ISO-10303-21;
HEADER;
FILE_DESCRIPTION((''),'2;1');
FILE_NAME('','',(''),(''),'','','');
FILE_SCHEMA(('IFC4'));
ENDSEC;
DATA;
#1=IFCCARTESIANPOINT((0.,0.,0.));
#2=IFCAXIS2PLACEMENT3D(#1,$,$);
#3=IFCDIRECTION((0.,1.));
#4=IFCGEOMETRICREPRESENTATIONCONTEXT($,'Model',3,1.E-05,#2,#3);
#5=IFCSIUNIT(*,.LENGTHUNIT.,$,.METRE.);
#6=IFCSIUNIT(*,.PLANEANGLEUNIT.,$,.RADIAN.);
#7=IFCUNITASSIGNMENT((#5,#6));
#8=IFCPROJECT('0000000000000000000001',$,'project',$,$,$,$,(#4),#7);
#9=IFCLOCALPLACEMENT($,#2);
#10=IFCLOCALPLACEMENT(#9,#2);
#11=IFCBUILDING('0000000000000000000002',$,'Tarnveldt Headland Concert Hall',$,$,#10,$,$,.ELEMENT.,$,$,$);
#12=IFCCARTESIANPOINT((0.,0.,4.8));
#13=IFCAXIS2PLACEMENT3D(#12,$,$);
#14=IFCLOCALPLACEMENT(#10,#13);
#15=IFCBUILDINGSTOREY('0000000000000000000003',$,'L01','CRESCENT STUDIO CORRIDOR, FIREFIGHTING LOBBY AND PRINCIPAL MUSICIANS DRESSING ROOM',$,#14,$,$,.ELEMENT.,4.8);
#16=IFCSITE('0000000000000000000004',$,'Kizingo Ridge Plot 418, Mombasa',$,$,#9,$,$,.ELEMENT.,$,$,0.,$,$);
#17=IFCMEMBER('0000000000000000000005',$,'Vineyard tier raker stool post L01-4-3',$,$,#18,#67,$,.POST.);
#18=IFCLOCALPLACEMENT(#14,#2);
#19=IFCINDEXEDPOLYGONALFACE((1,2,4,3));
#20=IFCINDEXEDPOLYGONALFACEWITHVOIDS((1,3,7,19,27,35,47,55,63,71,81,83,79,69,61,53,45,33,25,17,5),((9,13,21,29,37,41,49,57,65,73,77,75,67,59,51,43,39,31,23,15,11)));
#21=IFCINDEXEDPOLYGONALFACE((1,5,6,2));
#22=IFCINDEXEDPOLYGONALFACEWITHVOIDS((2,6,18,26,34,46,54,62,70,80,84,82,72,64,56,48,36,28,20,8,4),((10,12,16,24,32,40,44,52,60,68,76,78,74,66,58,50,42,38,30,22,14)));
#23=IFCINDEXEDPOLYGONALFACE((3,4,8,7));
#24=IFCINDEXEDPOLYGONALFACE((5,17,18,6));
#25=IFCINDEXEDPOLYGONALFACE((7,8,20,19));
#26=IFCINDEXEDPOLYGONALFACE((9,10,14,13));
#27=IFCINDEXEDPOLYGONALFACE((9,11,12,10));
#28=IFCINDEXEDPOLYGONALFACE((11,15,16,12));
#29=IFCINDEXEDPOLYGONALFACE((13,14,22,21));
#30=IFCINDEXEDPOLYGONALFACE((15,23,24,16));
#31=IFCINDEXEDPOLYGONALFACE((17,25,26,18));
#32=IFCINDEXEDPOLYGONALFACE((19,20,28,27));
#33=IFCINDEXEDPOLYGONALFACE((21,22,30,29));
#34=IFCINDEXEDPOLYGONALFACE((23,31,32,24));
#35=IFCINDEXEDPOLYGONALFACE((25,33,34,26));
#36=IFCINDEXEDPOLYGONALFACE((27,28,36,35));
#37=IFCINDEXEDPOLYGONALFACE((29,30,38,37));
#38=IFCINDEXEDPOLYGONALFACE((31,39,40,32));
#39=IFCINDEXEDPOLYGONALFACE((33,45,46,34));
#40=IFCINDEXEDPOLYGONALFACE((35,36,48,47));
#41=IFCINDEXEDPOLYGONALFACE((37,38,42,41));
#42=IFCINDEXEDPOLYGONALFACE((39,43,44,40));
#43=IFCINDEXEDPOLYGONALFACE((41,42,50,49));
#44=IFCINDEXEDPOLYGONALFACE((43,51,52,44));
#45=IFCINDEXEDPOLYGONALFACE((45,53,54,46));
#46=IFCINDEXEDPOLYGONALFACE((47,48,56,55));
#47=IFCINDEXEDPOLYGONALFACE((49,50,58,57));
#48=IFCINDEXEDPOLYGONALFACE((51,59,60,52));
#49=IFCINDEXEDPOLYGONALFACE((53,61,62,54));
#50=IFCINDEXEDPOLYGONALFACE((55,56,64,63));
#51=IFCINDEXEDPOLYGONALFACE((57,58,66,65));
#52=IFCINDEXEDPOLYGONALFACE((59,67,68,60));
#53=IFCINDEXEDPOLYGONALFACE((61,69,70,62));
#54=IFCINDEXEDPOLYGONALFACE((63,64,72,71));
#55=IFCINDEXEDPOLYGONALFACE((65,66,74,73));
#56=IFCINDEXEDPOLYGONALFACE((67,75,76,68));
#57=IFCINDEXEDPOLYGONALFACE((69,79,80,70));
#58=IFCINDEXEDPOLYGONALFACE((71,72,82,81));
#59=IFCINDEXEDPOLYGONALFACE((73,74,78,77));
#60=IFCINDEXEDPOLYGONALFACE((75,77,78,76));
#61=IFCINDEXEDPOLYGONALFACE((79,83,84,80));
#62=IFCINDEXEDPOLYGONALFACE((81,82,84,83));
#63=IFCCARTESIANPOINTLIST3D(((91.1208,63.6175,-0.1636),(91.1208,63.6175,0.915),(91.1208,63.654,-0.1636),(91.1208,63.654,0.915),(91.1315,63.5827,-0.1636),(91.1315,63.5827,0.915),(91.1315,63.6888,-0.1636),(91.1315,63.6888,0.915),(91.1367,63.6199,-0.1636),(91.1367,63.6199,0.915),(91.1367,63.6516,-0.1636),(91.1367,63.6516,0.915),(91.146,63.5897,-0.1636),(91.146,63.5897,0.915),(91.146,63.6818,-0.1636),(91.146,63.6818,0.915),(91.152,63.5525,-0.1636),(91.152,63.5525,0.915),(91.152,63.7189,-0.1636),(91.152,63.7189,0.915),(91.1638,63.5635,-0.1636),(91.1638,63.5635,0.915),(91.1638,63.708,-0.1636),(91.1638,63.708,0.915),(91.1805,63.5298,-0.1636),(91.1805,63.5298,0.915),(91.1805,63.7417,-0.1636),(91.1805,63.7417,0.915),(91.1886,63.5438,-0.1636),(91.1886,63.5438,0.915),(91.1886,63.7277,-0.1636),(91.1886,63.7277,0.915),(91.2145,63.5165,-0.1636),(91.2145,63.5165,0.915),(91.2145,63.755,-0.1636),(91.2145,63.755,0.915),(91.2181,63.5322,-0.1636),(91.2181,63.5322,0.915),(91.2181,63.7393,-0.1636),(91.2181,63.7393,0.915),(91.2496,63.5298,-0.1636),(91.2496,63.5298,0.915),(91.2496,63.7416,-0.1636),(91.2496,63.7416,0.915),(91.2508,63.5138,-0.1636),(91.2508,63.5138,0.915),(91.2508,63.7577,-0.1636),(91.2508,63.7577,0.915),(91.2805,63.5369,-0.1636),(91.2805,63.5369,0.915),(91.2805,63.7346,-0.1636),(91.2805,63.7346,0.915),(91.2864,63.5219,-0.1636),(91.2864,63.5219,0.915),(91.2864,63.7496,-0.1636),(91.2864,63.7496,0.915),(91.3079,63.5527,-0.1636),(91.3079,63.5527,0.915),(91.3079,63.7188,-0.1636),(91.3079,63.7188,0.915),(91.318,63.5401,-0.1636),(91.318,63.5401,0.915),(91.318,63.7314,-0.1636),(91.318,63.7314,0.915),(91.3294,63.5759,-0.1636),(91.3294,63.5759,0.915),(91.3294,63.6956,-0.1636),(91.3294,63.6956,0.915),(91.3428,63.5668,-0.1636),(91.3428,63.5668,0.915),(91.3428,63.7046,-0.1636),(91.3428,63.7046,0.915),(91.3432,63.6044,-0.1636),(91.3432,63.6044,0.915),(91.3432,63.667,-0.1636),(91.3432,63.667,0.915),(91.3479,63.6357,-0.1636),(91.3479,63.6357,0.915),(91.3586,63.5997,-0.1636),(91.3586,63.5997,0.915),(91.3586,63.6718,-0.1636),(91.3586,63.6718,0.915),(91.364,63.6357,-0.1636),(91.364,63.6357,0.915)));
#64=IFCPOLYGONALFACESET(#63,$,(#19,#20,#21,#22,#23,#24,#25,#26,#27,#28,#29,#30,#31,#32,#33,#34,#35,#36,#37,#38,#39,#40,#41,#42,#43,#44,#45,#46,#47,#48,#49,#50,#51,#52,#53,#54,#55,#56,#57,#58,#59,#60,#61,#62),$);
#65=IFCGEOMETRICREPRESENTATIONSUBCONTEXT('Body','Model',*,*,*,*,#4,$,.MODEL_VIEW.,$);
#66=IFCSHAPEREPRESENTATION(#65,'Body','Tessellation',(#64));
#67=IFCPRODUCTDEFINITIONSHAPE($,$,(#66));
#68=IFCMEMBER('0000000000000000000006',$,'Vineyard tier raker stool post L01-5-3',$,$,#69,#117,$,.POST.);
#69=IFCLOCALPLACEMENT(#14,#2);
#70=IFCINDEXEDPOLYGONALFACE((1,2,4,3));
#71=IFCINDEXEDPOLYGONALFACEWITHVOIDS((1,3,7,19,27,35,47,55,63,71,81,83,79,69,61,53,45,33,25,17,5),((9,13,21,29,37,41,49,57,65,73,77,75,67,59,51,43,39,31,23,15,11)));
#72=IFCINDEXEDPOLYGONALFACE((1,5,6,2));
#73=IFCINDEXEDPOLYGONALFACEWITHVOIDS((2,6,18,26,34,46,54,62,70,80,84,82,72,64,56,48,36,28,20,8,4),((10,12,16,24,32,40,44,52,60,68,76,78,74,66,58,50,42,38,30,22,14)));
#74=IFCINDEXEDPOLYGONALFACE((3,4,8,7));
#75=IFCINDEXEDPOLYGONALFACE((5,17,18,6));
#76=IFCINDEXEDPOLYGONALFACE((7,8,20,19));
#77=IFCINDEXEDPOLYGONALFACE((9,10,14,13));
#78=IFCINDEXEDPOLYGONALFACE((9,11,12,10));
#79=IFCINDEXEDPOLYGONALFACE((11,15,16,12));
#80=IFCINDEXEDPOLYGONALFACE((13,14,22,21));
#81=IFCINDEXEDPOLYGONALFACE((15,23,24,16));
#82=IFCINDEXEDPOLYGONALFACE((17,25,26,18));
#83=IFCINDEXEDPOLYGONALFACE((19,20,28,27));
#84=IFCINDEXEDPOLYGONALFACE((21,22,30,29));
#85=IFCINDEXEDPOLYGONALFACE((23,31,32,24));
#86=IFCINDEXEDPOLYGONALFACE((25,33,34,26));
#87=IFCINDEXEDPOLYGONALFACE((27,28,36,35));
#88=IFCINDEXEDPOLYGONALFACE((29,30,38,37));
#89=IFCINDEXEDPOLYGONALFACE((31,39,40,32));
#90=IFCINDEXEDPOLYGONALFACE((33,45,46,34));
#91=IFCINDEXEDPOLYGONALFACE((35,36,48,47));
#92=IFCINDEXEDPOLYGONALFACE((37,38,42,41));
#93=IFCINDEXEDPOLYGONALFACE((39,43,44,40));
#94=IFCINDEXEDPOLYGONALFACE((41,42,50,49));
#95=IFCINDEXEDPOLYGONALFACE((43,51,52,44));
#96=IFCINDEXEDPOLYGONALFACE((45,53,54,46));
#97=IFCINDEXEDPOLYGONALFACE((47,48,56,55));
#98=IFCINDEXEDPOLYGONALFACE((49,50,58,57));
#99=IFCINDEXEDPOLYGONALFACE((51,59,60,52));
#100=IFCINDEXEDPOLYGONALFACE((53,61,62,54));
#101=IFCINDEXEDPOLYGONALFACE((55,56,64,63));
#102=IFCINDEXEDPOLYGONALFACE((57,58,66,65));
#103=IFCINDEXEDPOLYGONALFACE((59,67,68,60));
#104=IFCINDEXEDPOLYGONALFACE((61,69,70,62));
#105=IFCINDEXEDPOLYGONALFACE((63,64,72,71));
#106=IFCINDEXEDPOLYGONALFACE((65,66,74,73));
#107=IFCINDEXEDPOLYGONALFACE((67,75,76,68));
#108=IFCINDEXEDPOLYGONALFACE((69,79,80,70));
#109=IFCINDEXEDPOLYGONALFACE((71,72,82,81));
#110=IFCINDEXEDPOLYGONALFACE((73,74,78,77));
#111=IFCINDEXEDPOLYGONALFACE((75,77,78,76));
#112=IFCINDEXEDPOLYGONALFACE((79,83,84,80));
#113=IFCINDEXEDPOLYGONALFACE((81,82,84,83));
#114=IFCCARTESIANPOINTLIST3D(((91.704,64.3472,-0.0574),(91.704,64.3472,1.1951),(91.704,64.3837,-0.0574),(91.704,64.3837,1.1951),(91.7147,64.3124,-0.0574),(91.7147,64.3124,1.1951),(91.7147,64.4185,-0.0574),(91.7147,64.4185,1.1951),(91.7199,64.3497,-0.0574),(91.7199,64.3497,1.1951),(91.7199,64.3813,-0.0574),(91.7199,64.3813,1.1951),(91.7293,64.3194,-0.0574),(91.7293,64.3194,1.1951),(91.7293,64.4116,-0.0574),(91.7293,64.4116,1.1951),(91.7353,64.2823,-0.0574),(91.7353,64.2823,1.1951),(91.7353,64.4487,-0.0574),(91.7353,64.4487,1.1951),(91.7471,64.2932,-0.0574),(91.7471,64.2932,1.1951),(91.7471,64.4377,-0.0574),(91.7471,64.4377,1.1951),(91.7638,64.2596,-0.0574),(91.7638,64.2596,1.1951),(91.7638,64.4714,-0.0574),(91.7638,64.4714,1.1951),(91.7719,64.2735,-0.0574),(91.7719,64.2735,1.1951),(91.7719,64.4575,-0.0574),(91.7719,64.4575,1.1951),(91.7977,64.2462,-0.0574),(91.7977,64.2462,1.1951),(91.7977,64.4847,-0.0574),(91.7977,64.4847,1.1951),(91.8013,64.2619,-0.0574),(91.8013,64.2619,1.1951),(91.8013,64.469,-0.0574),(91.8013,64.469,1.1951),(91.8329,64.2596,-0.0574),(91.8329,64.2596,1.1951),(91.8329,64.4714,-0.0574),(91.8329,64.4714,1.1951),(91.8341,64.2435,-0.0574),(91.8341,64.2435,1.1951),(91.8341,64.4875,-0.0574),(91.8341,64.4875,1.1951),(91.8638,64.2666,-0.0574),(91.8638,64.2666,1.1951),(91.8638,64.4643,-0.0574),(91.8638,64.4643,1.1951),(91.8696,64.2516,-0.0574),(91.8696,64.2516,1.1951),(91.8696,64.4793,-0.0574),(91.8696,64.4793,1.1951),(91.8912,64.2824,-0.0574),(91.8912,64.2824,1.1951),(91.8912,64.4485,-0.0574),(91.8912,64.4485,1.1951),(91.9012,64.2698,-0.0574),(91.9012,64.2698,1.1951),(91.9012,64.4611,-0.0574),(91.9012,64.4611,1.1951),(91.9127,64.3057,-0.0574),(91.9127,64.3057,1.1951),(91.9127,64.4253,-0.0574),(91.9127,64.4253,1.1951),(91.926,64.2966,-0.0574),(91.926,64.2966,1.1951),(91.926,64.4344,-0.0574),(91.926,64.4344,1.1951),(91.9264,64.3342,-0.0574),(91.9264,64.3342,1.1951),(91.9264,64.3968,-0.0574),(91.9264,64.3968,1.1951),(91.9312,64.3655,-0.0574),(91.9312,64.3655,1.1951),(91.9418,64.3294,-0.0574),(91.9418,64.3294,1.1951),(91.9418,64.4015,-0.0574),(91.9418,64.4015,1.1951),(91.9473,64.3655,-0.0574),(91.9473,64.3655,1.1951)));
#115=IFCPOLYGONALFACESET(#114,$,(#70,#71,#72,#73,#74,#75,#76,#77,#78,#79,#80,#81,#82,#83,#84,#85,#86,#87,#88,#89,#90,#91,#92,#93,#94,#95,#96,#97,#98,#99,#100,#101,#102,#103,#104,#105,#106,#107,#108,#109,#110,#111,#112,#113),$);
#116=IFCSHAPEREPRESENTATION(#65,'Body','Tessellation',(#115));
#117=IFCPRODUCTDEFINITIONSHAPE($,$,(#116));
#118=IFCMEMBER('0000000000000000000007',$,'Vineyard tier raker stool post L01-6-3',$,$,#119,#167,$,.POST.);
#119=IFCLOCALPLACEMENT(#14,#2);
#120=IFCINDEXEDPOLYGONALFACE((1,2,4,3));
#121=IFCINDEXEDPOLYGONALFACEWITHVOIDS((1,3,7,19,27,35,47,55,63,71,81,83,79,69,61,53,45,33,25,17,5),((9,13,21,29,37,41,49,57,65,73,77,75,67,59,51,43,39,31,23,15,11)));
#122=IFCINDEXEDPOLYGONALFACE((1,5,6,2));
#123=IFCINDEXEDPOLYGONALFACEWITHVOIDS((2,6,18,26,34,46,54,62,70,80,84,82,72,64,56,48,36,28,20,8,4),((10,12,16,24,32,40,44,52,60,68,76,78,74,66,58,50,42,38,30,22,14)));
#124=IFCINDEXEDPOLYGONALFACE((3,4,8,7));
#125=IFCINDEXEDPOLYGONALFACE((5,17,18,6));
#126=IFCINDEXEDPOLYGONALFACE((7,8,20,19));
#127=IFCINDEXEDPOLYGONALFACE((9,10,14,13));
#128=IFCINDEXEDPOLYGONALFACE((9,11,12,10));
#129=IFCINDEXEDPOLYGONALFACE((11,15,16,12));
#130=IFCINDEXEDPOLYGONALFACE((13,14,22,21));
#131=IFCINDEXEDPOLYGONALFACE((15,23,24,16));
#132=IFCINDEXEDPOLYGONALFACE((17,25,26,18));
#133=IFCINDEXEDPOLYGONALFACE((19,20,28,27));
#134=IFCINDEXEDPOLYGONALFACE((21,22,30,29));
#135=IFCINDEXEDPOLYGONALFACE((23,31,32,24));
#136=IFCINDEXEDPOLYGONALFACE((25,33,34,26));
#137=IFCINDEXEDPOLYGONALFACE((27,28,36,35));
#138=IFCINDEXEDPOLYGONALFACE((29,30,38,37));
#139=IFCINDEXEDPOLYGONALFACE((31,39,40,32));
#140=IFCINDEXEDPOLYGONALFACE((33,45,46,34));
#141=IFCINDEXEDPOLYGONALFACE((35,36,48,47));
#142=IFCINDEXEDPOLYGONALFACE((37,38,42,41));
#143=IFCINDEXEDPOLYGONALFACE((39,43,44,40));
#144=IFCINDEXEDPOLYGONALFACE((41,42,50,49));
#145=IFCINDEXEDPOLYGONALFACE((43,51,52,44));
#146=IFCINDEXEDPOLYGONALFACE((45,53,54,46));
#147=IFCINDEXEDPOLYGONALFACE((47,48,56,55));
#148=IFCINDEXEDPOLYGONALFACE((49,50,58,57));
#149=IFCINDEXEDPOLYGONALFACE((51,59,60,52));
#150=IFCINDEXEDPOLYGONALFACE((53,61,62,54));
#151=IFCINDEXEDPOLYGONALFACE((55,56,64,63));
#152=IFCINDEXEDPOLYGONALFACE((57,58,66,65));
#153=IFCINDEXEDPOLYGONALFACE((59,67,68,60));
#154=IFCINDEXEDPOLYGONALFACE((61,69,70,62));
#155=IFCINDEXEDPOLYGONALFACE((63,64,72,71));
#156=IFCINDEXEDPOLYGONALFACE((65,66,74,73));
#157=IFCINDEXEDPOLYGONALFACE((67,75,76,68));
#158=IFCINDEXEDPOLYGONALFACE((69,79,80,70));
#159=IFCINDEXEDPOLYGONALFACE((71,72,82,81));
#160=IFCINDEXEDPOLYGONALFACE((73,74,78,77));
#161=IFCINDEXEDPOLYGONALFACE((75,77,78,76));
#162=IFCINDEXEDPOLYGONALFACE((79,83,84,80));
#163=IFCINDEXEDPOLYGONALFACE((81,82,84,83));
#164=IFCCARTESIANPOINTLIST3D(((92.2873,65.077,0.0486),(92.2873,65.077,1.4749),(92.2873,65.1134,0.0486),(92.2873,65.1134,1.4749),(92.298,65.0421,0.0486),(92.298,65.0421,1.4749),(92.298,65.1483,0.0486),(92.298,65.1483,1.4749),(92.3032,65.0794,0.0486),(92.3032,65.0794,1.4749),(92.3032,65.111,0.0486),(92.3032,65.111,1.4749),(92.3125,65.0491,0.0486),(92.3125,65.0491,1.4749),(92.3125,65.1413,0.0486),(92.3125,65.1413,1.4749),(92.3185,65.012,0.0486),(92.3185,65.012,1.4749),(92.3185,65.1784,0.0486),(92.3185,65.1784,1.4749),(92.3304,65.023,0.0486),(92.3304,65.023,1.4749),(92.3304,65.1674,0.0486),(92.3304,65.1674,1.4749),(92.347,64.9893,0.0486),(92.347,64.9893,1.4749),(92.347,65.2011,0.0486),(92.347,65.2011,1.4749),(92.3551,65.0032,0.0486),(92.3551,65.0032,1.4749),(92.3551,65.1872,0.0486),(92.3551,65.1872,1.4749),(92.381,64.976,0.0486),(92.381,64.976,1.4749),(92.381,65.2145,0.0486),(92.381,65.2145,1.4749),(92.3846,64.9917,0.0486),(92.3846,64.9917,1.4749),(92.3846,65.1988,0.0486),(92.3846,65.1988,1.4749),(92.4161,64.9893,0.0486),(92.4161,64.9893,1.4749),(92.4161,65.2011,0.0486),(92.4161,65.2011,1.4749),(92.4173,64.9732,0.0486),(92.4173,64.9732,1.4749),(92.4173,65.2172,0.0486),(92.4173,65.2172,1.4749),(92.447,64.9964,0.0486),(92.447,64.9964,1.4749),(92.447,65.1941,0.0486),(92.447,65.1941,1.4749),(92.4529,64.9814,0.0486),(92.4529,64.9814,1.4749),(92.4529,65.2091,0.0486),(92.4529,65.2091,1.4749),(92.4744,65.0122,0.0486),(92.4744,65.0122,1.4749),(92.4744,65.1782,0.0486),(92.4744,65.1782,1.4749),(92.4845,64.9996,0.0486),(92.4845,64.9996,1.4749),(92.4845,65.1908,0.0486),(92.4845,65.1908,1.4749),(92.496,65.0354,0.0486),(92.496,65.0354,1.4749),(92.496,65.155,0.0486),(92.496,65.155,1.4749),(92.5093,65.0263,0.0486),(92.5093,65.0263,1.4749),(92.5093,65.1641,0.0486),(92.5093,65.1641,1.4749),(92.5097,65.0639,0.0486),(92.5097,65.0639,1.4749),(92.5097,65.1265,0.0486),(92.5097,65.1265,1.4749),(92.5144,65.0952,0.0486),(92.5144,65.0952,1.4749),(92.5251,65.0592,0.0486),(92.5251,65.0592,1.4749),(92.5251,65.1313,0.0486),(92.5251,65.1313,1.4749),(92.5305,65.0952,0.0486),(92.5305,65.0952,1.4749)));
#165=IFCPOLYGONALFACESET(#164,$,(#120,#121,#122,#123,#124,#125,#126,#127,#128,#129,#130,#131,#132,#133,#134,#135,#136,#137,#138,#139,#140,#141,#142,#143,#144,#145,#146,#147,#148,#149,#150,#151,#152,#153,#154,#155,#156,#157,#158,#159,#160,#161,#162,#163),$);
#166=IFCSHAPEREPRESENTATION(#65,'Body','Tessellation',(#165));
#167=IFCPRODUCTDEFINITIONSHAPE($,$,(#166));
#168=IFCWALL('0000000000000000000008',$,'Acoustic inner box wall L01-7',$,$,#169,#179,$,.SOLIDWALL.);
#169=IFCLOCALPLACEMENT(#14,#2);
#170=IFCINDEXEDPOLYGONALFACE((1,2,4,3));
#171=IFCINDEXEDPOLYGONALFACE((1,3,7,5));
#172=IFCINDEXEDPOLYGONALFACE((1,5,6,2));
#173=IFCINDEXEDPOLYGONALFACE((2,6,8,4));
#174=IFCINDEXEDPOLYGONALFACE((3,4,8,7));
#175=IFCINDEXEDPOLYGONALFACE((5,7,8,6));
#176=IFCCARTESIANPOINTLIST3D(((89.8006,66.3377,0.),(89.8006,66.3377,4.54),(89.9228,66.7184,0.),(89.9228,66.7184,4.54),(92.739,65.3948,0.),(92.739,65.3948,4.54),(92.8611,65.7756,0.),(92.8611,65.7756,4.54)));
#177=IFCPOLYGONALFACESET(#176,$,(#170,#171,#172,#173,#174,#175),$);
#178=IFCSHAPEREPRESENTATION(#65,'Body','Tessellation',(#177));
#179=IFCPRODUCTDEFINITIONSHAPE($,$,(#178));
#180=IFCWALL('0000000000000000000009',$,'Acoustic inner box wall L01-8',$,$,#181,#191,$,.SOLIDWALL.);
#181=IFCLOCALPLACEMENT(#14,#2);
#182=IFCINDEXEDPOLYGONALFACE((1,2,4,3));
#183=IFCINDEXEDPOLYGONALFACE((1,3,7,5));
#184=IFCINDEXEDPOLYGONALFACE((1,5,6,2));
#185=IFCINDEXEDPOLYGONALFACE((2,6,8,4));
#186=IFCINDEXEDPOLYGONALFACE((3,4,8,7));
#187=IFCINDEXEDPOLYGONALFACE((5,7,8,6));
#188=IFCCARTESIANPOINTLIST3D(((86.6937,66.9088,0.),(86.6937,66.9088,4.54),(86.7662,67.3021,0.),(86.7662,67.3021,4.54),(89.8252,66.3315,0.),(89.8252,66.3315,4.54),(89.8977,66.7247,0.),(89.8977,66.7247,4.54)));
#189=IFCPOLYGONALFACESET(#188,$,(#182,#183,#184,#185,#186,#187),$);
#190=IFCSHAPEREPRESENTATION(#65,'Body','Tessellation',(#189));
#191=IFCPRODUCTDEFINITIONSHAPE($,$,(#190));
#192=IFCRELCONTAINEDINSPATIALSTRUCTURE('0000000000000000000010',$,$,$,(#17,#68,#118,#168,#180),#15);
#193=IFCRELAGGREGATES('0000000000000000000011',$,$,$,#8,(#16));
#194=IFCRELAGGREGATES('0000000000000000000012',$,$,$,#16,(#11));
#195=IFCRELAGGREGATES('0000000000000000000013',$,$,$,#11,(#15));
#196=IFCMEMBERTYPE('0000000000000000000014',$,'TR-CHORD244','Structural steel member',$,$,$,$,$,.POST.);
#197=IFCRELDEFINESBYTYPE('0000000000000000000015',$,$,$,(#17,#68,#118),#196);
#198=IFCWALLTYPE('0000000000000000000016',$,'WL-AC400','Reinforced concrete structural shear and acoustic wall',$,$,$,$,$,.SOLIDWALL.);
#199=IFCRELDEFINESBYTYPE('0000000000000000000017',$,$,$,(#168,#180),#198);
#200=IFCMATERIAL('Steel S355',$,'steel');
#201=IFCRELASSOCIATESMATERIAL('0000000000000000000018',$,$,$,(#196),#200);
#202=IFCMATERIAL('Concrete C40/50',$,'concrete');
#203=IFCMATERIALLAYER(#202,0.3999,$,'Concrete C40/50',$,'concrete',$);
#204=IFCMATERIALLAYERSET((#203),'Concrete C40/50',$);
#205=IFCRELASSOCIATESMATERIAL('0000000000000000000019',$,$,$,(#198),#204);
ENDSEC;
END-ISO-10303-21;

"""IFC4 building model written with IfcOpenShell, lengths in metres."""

from ifc_helpers import new_model, si_unit, direction, frame, frame_2d, origin, origin_2d, place, context, subcontext, project, spatial, rectangle, hollow_circle, extrude, material, layer, layer_set, material_profile, profile_set, type_object, element, save


model = new_model("IFC4")

# Units and contexts
model_context = context("Model", 3, precision=1e-05, world=origin(), true_north=direction((0.0, 1.0)))
body_context = subcontext(model_context, "Body", "Model", "MODEL_VIEW")
ifc_project = project(units=[si_unit("LENGTHUNIT", "METRE"), si_unit("PLANEANGLEUNIT", "RADIAN")], contexts=[model_context])

# Site, building, storey
site_placement = place(None, origin())
site = spatial("IfcSite", under=ifc_project, at=site_placement, Name="Kizingo Ridge Plot 418, Mombasa", CompositionType="ELEMENT", RefElevation=0.0)
building_placement = place(site_placement, origin())
building = spatial("IfcBuilding", under=site, at=building_placement, Name="Tarnveldt Headland Concert Hall", CompositionType="ELEMENT")
storey_placement = place(building_placement, frame((0.0, 0.0, 4.8)))
storey = spatial("IfcBuildingStorey", under=building, at=storey_placement, Name="L01", Description="CRESCENT STUDIO CORRIDOR, FIREFIGHTING LOBBY AND PRINCIPAL MUSICIANS DRESSING ROOM", CompositionType="ELEMENT", Elevation=4.8)

# Shared definitions
ifc_material_1 = material(Name="Concrete C40/50", Category="concrete")
ifc_material_2 = material(Name="Steel S355", Category="steel")

# Members
ifc_material_profile_1 = material_profile(ifc_material_2, hollow_circle(Radius=0.1223, WallThickness=0.0161, at=origin_2d()), Name="CHS 244.5x16", Category="steel")
ifc_profile_set_1 = profile_set([ifc_material_profile_1], Name="Steel S355")
member_type = type_object("IfcMemberType", Name="TR-CHORD244", Description="Structural steel member", PredefinedType="POST", material=ifc_profile_set_1)
member_1_placement = place(storey_placement, frame((91.2417, 63.6357, -0.1636), z_axis=(0.0, 0.0, 1.0), x_axis=(1.0, 0.0, 0.0)))
element("IfcMember", 1, at=member_1_placement, inside=storey, type_object=member_type, Name="Vineyard tier raker stool post L01-4-3", PredefinedType="POST", context=body_context, shape_type="SweptSolid", body=[
    extrude(hollow_circle(Radius=0.1223, WallThickness=0.0161, at=origin_2d()), origin(), (0.0, 0.0, 1.0), 1.0786),
])
member_2_placement = place(storey_placement, frame((91.825, 64.3655, -0.0574), z_axis=(0.0, 0.0, 1.0), x_axis=(1.0, 0.0, 0.0)))
element("IfcMember", 2, at=member_2_placement, inside=storey, type_object=member_type, Name="Vineyard tier raker stool post L01-5-3", PredefinedType="POST", context=body_context, shape_type="SweptSolid", body=[
    extrude(hollow_circle(Radius=0.1223, WallThickness=0.0161, at=origin_2d()), origin(), (0.0, 0.0, 1.0), 1.2524),
])
member_3_placement = place(storey_placement, frame((92.4082, 65.0952, 0.0486), z_axis=(0.0, 0.0, 1.0), x_axis=(1.0, 0.0, 0.0)))
element("IfcMember", 3, at=member_3_placement, inside=storey, type_object=member_type, Name="Vineyard tier raker stool post L01-6-3", PredefinedType="POST", context=body_context, shape_type="SweptSolid", body=[
    extrude(hollow_circle(Radius=0.1223, WallThickness=0.0161, at=origin_2d()), origin(), (0.0, 0.0, 1.0), 1.4263),
])

# Walls
ifc_layer_1 = layer(ifc_material_1, 0.3999, Name="Concrete C40/50", Category="concrete")
ifc_layer_set_1 = layer_set([ifc_layer_1], Name="Concrete C40/50")
wall_type_1 = type_object("IfcWallType", Name="WL-AC400", Description="Reinforced concrete structural shear and acoustic wall", PredefinedType="SOLIDWALL", material=ifc_layer_set_1)
wall_1_placement = place(storey_placement, frame((92.8, 65.5852, 0.0), z_axis=(0.0, 0.0, 1.0), x_axis=(-0.952183, 0.305528, 0.0)))
element("IfcWall", 4, at=wall_1_placement, inside=storey, type_object=wall_type_1, Name="Acoustic inner box wall L01-7", PredefinedType="SOLIDWALL", context=body_context, shape_type="SweptSolid", body=[
    extrude(rectangle(XDim=3.0859, YDim=0.3999, at=frame_2d((1.543, 0.0))), origin(), (0.0, 0.0, 1.0), 4.54),
])
wall_2_placement = place(storey_placement, frame((89.8616, 66.5281, 0.0), z_axis=(0.0, 0.0, 1.0), x_axis=(-0.983424, 0.18132, 0.0)))
element("IfcWall", 5, at=wall_2_placement, inside=storey, type_object=wall_type_1, Name="Acoustic inner box wall L01-8", PredefinedType="SOLIDWALL", context=body_context, shape_type="SweptSolid", body=[
    extrude(rectangle(XDim=3.1843, YDim=0.3999, at=frame_2d((1.5923, 0.0))), origin(), (0.0, 0.0, 1.0), 4.54),
])

save(model, "model.ifc")
